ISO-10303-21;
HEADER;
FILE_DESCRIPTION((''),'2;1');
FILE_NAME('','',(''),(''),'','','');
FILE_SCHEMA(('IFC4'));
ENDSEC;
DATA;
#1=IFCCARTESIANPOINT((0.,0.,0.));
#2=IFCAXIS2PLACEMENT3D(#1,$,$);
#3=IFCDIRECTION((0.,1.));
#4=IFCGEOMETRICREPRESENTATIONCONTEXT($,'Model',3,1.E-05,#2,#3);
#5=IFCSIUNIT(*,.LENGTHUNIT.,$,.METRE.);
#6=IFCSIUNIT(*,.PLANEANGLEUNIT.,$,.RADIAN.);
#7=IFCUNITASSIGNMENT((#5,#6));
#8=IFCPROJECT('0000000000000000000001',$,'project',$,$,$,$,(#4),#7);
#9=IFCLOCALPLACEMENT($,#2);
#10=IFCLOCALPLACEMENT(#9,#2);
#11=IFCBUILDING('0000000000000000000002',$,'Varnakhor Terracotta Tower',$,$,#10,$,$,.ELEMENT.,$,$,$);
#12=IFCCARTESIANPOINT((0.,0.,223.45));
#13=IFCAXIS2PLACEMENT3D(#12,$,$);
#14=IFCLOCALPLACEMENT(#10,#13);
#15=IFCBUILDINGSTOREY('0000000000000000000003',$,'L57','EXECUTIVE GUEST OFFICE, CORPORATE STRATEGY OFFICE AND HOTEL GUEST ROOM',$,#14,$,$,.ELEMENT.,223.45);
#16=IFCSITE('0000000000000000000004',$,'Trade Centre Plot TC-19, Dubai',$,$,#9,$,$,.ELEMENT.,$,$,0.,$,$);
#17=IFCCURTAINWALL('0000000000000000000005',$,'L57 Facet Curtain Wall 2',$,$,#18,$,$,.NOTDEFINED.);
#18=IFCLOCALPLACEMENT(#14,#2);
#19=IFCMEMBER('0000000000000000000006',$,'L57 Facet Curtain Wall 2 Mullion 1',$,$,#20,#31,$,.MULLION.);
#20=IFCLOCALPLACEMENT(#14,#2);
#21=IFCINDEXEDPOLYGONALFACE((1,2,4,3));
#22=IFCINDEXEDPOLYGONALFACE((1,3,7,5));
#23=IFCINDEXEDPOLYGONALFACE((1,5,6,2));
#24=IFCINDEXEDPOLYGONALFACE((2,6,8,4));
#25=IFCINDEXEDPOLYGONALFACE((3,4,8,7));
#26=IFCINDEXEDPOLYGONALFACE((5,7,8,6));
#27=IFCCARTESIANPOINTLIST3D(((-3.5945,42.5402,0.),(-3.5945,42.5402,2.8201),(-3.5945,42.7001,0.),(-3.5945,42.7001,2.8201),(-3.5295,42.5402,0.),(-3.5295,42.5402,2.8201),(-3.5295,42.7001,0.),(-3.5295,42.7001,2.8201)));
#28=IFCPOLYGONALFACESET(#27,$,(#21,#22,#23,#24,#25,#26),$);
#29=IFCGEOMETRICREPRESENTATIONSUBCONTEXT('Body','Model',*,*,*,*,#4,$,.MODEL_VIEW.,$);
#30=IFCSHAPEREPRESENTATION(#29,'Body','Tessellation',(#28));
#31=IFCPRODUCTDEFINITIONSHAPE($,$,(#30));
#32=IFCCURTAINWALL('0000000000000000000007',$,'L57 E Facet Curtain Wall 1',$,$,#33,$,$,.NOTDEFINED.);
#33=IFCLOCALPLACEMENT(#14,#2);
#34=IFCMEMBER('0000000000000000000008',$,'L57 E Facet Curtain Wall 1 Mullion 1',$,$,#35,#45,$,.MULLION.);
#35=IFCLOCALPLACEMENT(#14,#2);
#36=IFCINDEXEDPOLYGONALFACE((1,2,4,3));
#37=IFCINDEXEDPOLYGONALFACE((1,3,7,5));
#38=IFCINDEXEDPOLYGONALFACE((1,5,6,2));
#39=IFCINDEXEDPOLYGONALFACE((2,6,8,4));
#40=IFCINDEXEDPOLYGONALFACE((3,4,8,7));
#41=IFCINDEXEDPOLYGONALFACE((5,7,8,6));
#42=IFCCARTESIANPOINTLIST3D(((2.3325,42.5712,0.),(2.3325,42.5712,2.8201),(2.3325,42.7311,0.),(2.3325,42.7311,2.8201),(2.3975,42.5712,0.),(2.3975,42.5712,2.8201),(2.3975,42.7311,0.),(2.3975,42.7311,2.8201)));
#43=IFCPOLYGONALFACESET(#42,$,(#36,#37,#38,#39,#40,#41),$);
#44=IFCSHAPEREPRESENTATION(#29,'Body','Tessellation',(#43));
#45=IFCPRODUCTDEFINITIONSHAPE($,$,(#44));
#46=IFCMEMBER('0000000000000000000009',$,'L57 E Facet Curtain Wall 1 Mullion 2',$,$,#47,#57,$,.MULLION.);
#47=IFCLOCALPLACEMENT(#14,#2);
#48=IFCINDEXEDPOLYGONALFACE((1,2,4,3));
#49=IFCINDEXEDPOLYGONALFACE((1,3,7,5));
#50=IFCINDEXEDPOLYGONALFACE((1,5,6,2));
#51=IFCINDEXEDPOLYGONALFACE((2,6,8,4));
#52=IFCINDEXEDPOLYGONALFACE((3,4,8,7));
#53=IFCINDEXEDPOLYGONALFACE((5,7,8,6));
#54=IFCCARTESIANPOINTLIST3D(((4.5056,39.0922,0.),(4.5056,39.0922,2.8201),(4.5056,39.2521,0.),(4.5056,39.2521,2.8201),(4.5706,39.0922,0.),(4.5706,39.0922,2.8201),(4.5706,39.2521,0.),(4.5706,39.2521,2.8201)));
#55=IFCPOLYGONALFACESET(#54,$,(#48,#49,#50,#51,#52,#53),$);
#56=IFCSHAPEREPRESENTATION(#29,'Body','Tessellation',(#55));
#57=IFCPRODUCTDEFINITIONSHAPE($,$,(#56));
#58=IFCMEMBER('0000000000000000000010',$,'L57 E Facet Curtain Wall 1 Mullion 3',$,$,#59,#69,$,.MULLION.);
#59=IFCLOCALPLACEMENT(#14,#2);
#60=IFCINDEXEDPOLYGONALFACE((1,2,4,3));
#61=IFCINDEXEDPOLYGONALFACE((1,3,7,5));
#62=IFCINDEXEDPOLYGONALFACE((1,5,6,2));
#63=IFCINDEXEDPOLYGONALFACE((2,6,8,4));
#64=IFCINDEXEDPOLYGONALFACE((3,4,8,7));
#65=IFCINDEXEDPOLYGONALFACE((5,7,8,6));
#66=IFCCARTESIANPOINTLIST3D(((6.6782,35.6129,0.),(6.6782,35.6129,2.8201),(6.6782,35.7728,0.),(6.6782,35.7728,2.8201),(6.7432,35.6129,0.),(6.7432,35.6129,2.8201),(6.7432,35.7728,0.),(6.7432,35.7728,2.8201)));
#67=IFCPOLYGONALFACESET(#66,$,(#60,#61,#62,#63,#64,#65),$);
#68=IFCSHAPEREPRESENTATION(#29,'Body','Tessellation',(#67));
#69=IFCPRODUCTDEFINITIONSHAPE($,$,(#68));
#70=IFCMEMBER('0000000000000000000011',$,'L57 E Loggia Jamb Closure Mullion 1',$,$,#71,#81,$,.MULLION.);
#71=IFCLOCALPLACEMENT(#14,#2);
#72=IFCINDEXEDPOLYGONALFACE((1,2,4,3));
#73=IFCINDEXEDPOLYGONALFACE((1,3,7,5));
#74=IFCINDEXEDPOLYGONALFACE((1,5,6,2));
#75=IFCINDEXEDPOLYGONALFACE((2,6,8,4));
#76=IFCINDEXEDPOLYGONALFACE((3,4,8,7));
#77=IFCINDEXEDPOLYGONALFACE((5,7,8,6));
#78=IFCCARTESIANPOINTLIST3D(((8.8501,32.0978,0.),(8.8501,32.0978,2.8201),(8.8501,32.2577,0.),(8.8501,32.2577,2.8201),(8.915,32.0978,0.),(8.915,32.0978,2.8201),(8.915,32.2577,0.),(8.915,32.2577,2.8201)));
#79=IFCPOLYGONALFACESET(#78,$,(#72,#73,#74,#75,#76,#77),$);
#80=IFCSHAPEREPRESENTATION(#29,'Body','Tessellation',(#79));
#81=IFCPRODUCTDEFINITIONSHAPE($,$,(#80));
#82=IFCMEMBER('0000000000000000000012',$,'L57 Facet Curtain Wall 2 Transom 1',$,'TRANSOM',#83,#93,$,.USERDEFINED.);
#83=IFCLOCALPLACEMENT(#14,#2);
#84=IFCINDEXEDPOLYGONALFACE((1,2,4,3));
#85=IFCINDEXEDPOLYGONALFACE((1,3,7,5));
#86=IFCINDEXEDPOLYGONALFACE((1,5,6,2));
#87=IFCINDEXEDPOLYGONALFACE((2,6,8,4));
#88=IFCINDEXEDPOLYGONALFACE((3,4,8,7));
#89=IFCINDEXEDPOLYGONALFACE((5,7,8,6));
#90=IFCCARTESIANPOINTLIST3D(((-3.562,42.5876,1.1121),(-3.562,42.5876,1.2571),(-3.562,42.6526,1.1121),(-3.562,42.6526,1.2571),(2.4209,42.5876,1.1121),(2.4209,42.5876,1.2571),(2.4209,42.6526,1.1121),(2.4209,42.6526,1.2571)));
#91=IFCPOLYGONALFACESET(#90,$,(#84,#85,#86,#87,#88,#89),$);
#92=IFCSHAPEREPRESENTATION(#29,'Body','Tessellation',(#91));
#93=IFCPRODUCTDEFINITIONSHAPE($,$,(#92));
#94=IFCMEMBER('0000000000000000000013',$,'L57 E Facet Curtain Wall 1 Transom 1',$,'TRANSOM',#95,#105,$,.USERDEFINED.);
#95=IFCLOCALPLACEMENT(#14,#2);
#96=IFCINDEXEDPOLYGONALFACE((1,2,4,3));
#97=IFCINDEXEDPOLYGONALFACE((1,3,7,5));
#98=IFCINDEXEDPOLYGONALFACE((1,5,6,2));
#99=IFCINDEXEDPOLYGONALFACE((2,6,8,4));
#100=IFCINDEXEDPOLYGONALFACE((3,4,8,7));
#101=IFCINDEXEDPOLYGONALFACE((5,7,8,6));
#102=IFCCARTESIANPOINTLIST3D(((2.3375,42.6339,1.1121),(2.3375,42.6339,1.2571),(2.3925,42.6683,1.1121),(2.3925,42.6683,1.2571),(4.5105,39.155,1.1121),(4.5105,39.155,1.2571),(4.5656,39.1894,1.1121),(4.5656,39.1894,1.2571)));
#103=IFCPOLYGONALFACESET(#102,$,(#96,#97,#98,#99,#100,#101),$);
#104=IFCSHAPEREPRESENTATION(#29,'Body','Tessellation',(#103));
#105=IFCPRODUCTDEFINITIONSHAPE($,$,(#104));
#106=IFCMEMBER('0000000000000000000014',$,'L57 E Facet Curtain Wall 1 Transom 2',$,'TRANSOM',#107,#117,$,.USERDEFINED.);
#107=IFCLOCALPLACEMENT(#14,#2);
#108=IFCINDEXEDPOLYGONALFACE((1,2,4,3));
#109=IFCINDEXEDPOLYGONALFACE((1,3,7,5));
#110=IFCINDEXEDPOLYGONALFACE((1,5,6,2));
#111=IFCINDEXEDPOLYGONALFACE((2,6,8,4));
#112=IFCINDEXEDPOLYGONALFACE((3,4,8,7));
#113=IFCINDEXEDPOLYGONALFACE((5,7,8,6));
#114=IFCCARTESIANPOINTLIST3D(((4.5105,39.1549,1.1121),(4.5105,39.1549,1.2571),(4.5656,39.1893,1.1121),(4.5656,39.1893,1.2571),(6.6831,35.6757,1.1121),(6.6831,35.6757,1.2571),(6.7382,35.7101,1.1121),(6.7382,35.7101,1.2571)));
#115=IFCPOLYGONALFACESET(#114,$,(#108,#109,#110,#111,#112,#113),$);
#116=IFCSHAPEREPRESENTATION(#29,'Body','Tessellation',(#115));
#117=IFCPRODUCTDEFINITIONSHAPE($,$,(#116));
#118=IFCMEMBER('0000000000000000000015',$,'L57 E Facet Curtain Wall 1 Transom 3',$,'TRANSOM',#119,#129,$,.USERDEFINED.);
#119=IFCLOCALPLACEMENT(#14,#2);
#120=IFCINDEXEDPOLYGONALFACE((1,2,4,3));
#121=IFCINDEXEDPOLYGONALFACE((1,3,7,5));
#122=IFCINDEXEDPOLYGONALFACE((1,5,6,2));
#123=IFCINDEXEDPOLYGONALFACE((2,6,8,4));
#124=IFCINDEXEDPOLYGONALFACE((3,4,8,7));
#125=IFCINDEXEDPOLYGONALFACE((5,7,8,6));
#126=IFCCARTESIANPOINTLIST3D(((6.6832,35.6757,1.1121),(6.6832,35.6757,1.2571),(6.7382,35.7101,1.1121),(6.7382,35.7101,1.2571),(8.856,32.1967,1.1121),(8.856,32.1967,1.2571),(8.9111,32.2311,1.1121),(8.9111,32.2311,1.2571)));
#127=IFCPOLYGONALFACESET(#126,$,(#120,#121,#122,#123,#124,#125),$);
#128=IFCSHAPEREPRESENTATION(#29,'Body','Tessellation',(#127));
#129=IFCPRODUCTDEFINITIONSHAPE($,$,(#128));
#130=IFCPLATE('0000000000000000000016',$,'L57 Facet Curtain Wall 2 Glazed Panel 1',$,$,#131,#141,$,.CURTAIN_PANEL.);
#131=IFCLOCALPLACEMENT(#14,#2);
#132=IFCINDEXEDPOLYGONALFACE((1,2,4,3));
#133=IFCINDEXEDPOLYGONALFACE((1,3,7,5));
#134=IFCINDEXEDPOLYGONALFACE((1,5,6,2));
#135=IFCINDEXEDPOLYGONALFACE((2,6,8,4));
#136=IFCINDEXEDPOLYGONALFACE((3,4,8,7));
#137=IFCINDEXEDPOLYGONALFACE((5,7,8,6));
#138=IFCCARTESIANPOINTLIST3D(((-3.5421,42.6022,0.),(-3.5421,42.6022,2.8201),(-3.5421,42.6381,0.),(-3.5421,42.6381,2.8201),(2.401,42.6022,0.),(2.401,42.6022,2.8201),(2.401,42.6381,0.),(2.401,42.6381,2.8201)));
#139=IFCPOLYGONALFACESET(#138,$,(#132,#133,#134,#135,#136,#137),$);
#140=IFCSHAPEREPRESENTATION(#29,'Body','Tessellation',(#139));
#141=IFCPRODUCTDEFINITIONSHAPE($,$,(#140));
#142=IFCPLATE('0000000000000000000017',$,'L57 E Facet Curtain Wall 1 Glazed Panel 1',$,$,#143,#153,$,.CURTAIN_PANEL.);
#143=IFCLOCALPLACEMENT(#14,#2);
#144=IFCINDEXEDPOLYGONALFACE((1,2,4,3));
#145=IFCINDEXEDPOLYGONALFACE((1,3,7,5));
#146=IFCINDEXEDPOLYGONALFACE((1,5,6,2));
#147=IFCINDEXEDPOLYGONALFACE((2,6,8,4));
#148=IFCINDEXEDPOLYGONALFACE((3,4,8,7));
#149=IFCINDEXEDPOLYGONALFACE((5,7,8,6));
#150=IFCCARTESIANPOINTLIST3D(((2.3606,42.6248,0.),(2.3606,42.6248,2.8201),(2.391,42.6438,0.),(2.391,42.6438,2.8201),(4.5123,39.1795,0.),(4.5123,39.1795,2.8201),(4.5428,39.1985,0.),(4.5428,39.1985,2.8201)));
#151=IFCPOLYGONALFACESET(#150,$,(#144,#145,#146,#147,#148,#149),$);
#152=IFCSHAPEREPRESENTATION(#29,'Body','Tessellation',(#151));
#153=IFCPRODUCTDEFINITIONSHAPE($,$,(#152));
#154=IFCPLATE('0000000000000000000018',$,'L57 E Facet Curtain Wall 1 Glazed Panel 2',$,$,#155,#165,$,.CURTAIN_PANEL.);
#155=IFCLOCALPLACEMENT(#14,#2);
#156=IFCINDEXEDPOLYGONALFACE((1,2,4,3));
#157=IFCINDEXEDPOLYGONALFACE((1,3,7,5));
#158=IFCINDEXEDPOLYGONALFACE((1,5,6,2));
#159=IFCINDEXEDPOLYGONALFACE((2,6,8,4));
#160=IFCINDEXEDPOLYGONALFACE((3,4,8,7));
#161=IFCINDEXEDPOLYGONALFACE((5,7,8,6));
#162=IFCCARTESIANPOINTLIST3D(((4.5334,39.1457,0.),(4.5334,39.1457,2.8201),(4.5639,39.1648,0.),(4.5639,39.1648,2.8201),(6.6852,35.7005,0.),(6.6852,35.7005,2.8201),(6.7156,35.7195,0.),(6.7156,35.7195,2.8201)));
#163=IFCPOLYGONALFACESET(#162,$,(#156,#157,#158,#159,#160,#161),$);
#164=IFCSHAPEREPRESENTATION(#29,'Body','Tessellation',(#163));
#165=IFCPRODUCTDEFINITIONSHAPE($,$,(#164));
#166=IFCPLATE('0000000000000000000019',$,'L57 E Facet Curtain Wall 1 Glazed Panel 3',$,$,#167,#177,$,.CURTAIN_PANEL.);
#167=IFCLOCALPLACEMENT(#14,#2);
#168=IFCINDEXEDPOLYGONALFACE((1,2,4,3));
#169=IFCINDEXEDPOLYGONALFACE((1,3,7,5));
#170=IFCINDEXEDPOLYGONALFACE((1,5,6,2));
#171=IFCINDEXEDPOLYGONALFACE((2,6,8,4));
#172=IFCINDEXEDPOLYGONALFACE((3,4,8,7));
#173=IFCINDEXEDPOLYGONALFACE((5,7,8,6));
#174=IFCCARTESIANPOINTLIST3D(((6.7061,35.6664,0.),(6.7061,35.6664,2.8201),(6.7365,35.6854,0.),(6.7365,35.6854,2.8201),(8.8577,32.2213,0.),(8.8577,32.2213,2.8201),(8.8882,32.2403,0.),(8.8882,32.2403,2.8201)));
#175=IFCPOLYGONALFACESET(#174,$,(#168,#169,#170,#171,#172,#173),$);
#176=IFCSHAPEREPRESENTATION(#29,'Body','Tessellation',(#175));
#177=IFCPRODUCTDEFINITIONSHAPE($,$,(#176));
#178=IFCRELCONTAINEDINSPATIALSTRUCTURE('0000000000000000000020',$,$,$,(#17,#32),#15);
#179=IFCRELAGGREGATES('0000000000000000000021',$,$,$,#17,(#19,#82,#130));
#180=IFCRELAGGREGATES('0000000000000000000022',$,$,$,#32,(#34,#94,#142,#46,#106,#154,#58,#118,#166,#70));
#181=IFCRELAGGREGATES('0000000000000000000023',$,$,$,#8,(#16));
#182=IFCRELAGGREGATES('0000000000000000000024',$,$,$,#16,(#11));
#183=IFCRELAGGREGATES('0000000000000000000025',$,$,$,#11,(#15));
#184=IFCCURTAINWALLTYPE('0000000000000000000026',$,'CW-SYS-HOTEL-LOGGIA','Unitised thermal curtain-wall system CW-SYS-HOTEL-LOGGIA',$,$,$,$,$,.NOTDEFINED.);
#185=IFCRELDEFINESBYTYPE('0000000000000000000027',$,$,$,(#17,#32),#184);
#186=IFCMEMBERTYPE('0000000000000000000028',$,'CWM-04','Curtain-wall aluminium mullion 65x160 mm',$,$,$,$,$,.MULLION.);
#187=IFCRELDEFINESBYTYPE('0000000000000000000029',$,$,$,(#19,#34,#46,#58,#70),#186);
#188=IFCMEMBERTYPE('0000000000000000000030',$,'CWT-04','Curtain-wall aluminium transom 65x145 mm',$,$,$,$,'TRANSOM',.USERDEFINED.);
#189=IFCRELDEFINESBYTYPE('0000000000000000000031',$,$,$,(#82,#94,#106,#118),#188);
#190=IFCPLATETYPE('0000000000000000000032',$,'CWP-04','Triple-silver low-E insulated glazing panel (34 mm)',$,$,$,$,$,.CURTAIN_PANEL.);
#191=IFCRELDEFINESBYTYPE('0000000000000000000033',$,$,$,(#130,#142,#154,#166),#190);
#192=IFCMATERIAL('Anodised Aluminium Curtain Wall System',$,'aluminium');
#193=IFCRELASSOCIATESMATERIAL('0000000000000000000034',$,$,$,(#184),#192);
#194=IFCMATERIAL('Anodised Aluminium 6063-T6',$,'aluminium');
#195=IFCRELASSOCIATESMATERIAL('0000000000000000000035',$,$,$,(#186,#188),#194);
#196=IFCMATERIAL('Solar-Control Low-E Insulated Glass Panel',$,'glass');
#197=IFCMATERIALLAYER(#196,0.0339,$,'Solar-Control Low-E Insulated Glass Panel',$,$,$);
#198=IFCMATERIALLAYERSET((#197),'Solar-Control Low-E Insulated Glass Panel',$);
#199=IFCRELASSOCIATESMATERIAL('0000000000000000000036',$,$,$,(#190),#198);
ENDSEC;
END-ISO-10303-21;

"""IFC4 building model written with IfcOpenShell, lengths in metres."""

from ifc_helpers import new_model, si_unit, direction, frame, origin, origin_2d, place, context, subcontext, project, spatial, rectangle, extrude, source, transform, mapped, material, layer, layer_set, material_profile, profile_set, type_object, type_shapes, element, aggregate, save


model = new_model("IFC4")

# Units and contexts
model_context = context("Model", 3, precision=1e-05, world=origin(), true_north=direction((0.0, 1.0)))
body_context = subcontext(model_context, "Body", "Model", "MODEL_VIEW")
ifc_project = project(units=[si_unit("LENGTHUNIT", "METRE"), si_unit("PLANEANGLEUNIT", "RADIAN")], contexts=[model_context])

# Site, building, storey
site_placement = place(None, origin())
site = spatial("IfcSite", under=ifc_project, at=site_placement, Name="Trade Centre Plot TC-19, Dubai", CompositionType="ELEMENT", RefElevation=0.0)
building_placement = place(site_placement, origin())
building = spatial("IfcBuilding", under=site, at=building_placement, Name="Varnakhor Terracotta Tower", CompositionType="ELEMENT")
storey_placement = place(building_placement, frame((0.0, 0.0, 223.45)))
storey = spatial("IfcBuildingStorey", under=building, at=storey_placement, Name="L57", Description="EXECUTIVE GUEST OFFICE, CORPORATE STRATEGY OFFICE AND HOTEL GUEST ROOM", CompositionType="ELEMENT", Elevation=223.45)

# Curtain wall, member
ifc_material_1 = material(Name="Anodised Aluminium Curtain Wall System", Category="aluminium")
curtain_wall_type = type_object("IfcCurtainWallType", Name="CW-SYS-HOTEL-LOGGIA", Description="Unitised thermal curtain-wall system CW-SYS-HOTEL-LOGGIA", PredefinedType="NOTDEFINED", material=ifc_material_1)
curtain_wall_1_placement = place(storey_placement, origin())
curtain_wall_1 = element("IfcCurtainWall", 1, at=curtain_wall_1_placement, inside=storey, type_object=curtain_wall_type, Name="L57 Facet Curtain Wall 2", PredefinedType="NOTDEFINED")
ifc_material_2 = material(Name="Anodised Aluminium 6063-T6", Category="aluminium")
ifc_material_profile_1 = material_profile(ifc_material_2, rectangle(XDim=0.0649, YDim=0.1599, at=origin_2d()), Name="ALU MULLION 65x160")
ifc_profile_set_1 = profile_set([ifc_material_profile_1], Name="Anodised Aluminium 6063-T6")
member_type_1 = type_object("IfcMemberType", Name="CWM-04", Description="Curtain-wall aluminium mullion 65x160 mm", PredefinedType="MULLION", material=ifc_profile_set_1)
shared_shape_1 = source(origin(), body_context, "Body", "SweptSolid", [
    extrude(rectangle(XDim=0.0649, YDim=0.1599, at=origin_2d()), origin(), (0.0, 0.0, 1.0), 2.8201),
])
type_shapes(member_type_1, [shared_shape_1])
member_1_placement = place(storey_placement, frame((-3.562, 42.6201, 0.0), z_axis=(0.0, 0.0, 1.0), x_axis=(1.0, 0.0, 0.0)))
member_1 = element("IfcMember", 2, at=member_1_placement, type_object=member_type_1, Name="L57 Facet Curtain Wall 2 Mullion 1", PredefinedType="MULLION", context=body_context, shape_type="MappedRepresentation", body=[
    mapped(shared_shape_1, transform((0.0, 0.0, 0.0), scale=1.0)),
])

# Curtain wall, members
curtain_wall_2_placement = place(storey_placement, origin())
curtain_wall_2 = element("IfcCurtainWall", 3, at=curtain_wall_2_placement, inside=storey, type_object=curtain_wall_type, Name="L57 E Facet Curtain Wall 1", PredefinedType="NOTDEFINED")
member_2_placement = place(storey_placement, frame((2.365, 42.6511, 0.0), z_axis=(0.0, 0.0, 1.0), x_axis=(1.0, 0.0, 0.0)))
member_2 = element("IfcMember", 4, at=member_2_placement, type_object=member_type_1, Name="L57 E Facet Curtain Wall 1 Mullion 1", PredefinedType="MULLION", context=body_context, shape_type="MappedRepresentation", body=[
    mapped(shared_shape_1, transform((0.0, 0.0, 0.0), scale=1.0)),
])
member_3_placement = place(storey_placement, frame((4.5381, 39.1721, 0.0), z_axis=(0.0, 0.0, 1.0), x_axis=(1.0, 0.0, 0.0)))
member_3 = element("IfcMember", 5, at=member_3_placement, type_object=member_type_1, Name="L57 E Facet Curtain Wall 1 Mullion 2", PredefinedType="MULLION", context=body_context, shape_type="MappedRepresentation", body=[
    mapped(shared_shape_1, transform((0.0, 0.0, 0.0), scale=1.0)),
])
member_4_placement = place(storey_placement, frame((6.7107, 35.6929, 0.0), z_axis=(0.0, 0.0, 1.0), x_axis=(1.0, 0.0, 0.0)))
member_4 = element("IfcMember", 6, at=member_4_placement, type_object=member_type_1, Name="L57 E Facet Curtain Wall 1 Mullion 3", PredefinedType="MULLION", context=body_context, shape_type="MappedRepresentation", body=[
    mapped(shared_shape_1, transform((0.0, 0.0, 0.0), scale=1.0)),
])
member_5_placement = place(storey_placement, frame((8.8826, 32.1777, 0.0), z_axis=(0.0, 0.0, 1.0), x_axis=(1.0, 0.0, 0.0)))
member_5 = element("IfcMember", 7, at=member_5_placement, type_object=member_type_1, Name="L57 E Loggia Jamb Closure Mullion 1", PredefinedType="MULLION", context=body_context, shape_type="MappedRepresentation", body=[
    mapped(shared_shape_1, transform((0.0, 0.0, 0.0), scale=1.0)),
])

# Members
ifc_material_profile_2 = material_profile(ifc_material_2, rectangle(XDim=0.0649, YDim=0.145, at=origin_2d()), Name="ALU TRANSOM 65x145")
ifc_profile_set_2 = profile_set([ifc_material_profile_2], Name="Anodised Aluminium 6063-T6")
member_type_2 = type_object("IfcMemberType", Name="CWT-04", Description="Curtain-wall aluminium transom 65x145 mm", ElementType="TRANSOM", PredefinedType="USERDEFINED", material=ifc_profile_set_2)
shared_shape_2 = source(origin(), body_context, "Body", "SweptSolid", [
    extrude(rectangle(XDim=0.0649, YDim=0.145, at=origin_2d()), origin(), (0.0, 0.0, 1.0), 5.9829),
])
member_6_placement = place(storey_placement, frame((-3.562, 42.6201, 1.1846), z_axis=(1.0, 0.0, 0.0), x_axis=(0.0, 1.0, 0.0)))
member_6 = element("IfcMember", 8, at=member_6_placement, type_object=member_type_2, Name="L57 Facet Curtain Wall 2 Transom 1", ObjectType="TRANSOM", PredefinedType="USERDEFINED", context=body_context, shape_type="MappedRepresentation", body=[
    mapped(shared_shape_2, transform((0.0, 0.0, 0.0), scale=1.0)),
])
shared_shape_3 = source(origin(), body_context, "Body", "SweptSolid", [
    extrude(rectangle(XDim=0.0649, YDim=0.145, at=origin_2d()), origin(), (0.0, 0.0, 1.0), 4.1018),
])
member_7_placement = place(storey_placement, frame((2.365, 42.6511, 1.1846), z_axis=(0.529774, -0.848139, 0.0), x_axis=(0.848139, 0.529774, 0.0)))
member_7 = element("IfcMember", 9, at=member_7_placement, type_object=member_type_2, Name="L57 E Facet Curtain Wall 1 Transom 1", ObjectType="TRANSOM", PredefinedType="USERDEFINED", context=body_context, shape_type="MappedRepresentation", body=[
    mapped(shared_shape_3, transform((0.0, 0.0, 0.0), scale=1.0)),
])
member_8_placement = place(storey_placement, frame((4.5381, 39.1721, 1.1846), z_axis=(0.529662, -0.848209, 0.0), x_axis=(0.848209, 0.529662, 0.0)))
member_8 = element("IfcMember", 10, at=member_8_placement, type_object=member_type_2, Name="L57 E Facet Curtain Wall 1 Transom 2", ObjectType="TRANSOM", PredefinedType="USERDEFINED", context=body_context, shape_type="MappedRepresentation", body=[
    mapped(shared_shape_3, transform((0.0, 0.0, 0.0), scale=1.0)),
])
member_9_placement = place(storey_placement, frame((6.7107, 35.6929, 1.1846), z_axis=(0.529731, -0.848165, 0.0), x_axis=(0.848165, 0.529731, 0.0)))
member_9 = element("IfcMember", 11, at=member_9_placement, type_object=member_type_2, Name="L57 E Facet Curtain Wall 1 Transom 3", ObjectType="TRANSOM", PredefinedType="USERDEFINED", context=body_context, shape_type="MappedRepresentation", body=[
    mapped(shared_shape_3, transform((0.0, 0.0, 0.0), scale=1.0)),
])

# Plates
ifc_material_3 = material(Name="Solar-Control Low-E Insulated Glass Panel", Category="glass")
ifc_layer_1 = layer(ifc_material_3, 0.0339, Name="Solar-Control Low-E Insulated Glass Panel")
ifc_layer_set_1 = layer_set([ifc_layer_1], Name="Solar-Control Low-E Insulated Glass Panel")
plate_type = type_object("IfcPlateType", Name="CWP-04", Description="Triple-silver low-E insulated glazing panel (34 mm)", PredefinedType="CURTAIN_PANEL", material=ifc_layer_set_1)
shared_shape_4 = source(origin(), body_context, "Body", "SweptSolid", [
    extrude(rectangle(XDim=5.9431, YDim=0.0359, at=origin_2d()), origin(), (0.0, 0.0, 1.0), 2.8201),
])
plate_1_placement = place(storey_placement, frame((-0.5706, 42.6201, 0.0), z_axis=(0.0, 0.0, 1.0), x_axis=(1.0, 0.0, 0.0)))
plate_1 = element("IfcPlate", 12, at=plate_1_placement, type_object=plate_type, Name="L57 Facet Curtain Wall 2 Glazed Panel 1", PredefinedType="CURTAIN_PANEL", context=body_context, shape_type="MappedRepresentation", body=[
    mapped(shared_shape_4, transform((0.0, 0.0, 0.0), scale=1.0)),
])
aggregate(curtain_wall_1, [member_1, member_6, plate_1])
shared_shape_5 = source(origin(), body_context, "Body", "SweptSolid", [
    extrude(rectangle(XDim=4.062, YDim=0.0359, at=origin_2d()), origin(), (0.0, 0.0, 1.0), 2.8201),
])
plate_2_placement = place(storey_placement, frame((3.4517, 40.9116, 0.0), z_axis=(0.0, 0.0, 1.0), x_axis=(0.529727, -0.848168, 0.0)))
plate_2 = element("IfcPlate", 13, at=plate_2_placement, type_object=plate_type, Name="L57 E Facet Curtain Wall 1 Glazed Panel 1", PredefinedType="CURTAIN_PANEL", context=body_context, shape_type="MappedRepresentation", body=[
    mapped(shared_shape_5, transform((0.0, 0.0, 0.0), scale=1.0)),
])
plate_3_placement = place(storey_placement, frame((5.6245, 37.4326, 0.0), z_axis=(0.0, 0.0, 1.0), x_axis=(0.529727, -0.848168, 0.0)))
plate_3 = element("IfcPlate", 14, at=plate_3_placement, type_object=plate_type, Name="L57 E Facet Curtain Wall 1 Glazed Panel 2", PredefinedType="CURTAIN_PANEL", context=body_context, shape_type="MappedRepresentation", body=[
    mapped(shared_shape_5, transform((0.0, 0.0, 0.0), scale=1.0)),
])
shared_shape_6 = source(origin(), body_context, "Body", "SweptSolid", [
    extrude(rectangle(XDim=4.0618, YDim=0.0359, at=origin_2d()), origin(), (0.0, 0.0, 1.0), 2.8201),
])
plate_4_placement = place(storey_placement, frame((7.7971, 33.9534, 0.0), z_axis=(0.0, 0.0, 1.0), x_axis=(0.529727, -0.848168, 0.0)))
plate_4 = element("IfcPlate", 15, at=plate_4_placement, type_object=plate_type, Name="L57 E Facet Curtain Wall 1 Glazed Panel 3", PredefinedType="CURTAIN_PANEL", context=body_context, shape_type="MappedRepresentation", body=[
    mapped(shared_shape_6, transform((0.0, 0.0, 0.0), scale=1.0)),
])
aggregate(curtain_wall_2, [member_2, member_7, plate_2, member_3, member_8, plate_3, member_4, member_9, plate_4, member_5])

save(model, "model.ifc")
